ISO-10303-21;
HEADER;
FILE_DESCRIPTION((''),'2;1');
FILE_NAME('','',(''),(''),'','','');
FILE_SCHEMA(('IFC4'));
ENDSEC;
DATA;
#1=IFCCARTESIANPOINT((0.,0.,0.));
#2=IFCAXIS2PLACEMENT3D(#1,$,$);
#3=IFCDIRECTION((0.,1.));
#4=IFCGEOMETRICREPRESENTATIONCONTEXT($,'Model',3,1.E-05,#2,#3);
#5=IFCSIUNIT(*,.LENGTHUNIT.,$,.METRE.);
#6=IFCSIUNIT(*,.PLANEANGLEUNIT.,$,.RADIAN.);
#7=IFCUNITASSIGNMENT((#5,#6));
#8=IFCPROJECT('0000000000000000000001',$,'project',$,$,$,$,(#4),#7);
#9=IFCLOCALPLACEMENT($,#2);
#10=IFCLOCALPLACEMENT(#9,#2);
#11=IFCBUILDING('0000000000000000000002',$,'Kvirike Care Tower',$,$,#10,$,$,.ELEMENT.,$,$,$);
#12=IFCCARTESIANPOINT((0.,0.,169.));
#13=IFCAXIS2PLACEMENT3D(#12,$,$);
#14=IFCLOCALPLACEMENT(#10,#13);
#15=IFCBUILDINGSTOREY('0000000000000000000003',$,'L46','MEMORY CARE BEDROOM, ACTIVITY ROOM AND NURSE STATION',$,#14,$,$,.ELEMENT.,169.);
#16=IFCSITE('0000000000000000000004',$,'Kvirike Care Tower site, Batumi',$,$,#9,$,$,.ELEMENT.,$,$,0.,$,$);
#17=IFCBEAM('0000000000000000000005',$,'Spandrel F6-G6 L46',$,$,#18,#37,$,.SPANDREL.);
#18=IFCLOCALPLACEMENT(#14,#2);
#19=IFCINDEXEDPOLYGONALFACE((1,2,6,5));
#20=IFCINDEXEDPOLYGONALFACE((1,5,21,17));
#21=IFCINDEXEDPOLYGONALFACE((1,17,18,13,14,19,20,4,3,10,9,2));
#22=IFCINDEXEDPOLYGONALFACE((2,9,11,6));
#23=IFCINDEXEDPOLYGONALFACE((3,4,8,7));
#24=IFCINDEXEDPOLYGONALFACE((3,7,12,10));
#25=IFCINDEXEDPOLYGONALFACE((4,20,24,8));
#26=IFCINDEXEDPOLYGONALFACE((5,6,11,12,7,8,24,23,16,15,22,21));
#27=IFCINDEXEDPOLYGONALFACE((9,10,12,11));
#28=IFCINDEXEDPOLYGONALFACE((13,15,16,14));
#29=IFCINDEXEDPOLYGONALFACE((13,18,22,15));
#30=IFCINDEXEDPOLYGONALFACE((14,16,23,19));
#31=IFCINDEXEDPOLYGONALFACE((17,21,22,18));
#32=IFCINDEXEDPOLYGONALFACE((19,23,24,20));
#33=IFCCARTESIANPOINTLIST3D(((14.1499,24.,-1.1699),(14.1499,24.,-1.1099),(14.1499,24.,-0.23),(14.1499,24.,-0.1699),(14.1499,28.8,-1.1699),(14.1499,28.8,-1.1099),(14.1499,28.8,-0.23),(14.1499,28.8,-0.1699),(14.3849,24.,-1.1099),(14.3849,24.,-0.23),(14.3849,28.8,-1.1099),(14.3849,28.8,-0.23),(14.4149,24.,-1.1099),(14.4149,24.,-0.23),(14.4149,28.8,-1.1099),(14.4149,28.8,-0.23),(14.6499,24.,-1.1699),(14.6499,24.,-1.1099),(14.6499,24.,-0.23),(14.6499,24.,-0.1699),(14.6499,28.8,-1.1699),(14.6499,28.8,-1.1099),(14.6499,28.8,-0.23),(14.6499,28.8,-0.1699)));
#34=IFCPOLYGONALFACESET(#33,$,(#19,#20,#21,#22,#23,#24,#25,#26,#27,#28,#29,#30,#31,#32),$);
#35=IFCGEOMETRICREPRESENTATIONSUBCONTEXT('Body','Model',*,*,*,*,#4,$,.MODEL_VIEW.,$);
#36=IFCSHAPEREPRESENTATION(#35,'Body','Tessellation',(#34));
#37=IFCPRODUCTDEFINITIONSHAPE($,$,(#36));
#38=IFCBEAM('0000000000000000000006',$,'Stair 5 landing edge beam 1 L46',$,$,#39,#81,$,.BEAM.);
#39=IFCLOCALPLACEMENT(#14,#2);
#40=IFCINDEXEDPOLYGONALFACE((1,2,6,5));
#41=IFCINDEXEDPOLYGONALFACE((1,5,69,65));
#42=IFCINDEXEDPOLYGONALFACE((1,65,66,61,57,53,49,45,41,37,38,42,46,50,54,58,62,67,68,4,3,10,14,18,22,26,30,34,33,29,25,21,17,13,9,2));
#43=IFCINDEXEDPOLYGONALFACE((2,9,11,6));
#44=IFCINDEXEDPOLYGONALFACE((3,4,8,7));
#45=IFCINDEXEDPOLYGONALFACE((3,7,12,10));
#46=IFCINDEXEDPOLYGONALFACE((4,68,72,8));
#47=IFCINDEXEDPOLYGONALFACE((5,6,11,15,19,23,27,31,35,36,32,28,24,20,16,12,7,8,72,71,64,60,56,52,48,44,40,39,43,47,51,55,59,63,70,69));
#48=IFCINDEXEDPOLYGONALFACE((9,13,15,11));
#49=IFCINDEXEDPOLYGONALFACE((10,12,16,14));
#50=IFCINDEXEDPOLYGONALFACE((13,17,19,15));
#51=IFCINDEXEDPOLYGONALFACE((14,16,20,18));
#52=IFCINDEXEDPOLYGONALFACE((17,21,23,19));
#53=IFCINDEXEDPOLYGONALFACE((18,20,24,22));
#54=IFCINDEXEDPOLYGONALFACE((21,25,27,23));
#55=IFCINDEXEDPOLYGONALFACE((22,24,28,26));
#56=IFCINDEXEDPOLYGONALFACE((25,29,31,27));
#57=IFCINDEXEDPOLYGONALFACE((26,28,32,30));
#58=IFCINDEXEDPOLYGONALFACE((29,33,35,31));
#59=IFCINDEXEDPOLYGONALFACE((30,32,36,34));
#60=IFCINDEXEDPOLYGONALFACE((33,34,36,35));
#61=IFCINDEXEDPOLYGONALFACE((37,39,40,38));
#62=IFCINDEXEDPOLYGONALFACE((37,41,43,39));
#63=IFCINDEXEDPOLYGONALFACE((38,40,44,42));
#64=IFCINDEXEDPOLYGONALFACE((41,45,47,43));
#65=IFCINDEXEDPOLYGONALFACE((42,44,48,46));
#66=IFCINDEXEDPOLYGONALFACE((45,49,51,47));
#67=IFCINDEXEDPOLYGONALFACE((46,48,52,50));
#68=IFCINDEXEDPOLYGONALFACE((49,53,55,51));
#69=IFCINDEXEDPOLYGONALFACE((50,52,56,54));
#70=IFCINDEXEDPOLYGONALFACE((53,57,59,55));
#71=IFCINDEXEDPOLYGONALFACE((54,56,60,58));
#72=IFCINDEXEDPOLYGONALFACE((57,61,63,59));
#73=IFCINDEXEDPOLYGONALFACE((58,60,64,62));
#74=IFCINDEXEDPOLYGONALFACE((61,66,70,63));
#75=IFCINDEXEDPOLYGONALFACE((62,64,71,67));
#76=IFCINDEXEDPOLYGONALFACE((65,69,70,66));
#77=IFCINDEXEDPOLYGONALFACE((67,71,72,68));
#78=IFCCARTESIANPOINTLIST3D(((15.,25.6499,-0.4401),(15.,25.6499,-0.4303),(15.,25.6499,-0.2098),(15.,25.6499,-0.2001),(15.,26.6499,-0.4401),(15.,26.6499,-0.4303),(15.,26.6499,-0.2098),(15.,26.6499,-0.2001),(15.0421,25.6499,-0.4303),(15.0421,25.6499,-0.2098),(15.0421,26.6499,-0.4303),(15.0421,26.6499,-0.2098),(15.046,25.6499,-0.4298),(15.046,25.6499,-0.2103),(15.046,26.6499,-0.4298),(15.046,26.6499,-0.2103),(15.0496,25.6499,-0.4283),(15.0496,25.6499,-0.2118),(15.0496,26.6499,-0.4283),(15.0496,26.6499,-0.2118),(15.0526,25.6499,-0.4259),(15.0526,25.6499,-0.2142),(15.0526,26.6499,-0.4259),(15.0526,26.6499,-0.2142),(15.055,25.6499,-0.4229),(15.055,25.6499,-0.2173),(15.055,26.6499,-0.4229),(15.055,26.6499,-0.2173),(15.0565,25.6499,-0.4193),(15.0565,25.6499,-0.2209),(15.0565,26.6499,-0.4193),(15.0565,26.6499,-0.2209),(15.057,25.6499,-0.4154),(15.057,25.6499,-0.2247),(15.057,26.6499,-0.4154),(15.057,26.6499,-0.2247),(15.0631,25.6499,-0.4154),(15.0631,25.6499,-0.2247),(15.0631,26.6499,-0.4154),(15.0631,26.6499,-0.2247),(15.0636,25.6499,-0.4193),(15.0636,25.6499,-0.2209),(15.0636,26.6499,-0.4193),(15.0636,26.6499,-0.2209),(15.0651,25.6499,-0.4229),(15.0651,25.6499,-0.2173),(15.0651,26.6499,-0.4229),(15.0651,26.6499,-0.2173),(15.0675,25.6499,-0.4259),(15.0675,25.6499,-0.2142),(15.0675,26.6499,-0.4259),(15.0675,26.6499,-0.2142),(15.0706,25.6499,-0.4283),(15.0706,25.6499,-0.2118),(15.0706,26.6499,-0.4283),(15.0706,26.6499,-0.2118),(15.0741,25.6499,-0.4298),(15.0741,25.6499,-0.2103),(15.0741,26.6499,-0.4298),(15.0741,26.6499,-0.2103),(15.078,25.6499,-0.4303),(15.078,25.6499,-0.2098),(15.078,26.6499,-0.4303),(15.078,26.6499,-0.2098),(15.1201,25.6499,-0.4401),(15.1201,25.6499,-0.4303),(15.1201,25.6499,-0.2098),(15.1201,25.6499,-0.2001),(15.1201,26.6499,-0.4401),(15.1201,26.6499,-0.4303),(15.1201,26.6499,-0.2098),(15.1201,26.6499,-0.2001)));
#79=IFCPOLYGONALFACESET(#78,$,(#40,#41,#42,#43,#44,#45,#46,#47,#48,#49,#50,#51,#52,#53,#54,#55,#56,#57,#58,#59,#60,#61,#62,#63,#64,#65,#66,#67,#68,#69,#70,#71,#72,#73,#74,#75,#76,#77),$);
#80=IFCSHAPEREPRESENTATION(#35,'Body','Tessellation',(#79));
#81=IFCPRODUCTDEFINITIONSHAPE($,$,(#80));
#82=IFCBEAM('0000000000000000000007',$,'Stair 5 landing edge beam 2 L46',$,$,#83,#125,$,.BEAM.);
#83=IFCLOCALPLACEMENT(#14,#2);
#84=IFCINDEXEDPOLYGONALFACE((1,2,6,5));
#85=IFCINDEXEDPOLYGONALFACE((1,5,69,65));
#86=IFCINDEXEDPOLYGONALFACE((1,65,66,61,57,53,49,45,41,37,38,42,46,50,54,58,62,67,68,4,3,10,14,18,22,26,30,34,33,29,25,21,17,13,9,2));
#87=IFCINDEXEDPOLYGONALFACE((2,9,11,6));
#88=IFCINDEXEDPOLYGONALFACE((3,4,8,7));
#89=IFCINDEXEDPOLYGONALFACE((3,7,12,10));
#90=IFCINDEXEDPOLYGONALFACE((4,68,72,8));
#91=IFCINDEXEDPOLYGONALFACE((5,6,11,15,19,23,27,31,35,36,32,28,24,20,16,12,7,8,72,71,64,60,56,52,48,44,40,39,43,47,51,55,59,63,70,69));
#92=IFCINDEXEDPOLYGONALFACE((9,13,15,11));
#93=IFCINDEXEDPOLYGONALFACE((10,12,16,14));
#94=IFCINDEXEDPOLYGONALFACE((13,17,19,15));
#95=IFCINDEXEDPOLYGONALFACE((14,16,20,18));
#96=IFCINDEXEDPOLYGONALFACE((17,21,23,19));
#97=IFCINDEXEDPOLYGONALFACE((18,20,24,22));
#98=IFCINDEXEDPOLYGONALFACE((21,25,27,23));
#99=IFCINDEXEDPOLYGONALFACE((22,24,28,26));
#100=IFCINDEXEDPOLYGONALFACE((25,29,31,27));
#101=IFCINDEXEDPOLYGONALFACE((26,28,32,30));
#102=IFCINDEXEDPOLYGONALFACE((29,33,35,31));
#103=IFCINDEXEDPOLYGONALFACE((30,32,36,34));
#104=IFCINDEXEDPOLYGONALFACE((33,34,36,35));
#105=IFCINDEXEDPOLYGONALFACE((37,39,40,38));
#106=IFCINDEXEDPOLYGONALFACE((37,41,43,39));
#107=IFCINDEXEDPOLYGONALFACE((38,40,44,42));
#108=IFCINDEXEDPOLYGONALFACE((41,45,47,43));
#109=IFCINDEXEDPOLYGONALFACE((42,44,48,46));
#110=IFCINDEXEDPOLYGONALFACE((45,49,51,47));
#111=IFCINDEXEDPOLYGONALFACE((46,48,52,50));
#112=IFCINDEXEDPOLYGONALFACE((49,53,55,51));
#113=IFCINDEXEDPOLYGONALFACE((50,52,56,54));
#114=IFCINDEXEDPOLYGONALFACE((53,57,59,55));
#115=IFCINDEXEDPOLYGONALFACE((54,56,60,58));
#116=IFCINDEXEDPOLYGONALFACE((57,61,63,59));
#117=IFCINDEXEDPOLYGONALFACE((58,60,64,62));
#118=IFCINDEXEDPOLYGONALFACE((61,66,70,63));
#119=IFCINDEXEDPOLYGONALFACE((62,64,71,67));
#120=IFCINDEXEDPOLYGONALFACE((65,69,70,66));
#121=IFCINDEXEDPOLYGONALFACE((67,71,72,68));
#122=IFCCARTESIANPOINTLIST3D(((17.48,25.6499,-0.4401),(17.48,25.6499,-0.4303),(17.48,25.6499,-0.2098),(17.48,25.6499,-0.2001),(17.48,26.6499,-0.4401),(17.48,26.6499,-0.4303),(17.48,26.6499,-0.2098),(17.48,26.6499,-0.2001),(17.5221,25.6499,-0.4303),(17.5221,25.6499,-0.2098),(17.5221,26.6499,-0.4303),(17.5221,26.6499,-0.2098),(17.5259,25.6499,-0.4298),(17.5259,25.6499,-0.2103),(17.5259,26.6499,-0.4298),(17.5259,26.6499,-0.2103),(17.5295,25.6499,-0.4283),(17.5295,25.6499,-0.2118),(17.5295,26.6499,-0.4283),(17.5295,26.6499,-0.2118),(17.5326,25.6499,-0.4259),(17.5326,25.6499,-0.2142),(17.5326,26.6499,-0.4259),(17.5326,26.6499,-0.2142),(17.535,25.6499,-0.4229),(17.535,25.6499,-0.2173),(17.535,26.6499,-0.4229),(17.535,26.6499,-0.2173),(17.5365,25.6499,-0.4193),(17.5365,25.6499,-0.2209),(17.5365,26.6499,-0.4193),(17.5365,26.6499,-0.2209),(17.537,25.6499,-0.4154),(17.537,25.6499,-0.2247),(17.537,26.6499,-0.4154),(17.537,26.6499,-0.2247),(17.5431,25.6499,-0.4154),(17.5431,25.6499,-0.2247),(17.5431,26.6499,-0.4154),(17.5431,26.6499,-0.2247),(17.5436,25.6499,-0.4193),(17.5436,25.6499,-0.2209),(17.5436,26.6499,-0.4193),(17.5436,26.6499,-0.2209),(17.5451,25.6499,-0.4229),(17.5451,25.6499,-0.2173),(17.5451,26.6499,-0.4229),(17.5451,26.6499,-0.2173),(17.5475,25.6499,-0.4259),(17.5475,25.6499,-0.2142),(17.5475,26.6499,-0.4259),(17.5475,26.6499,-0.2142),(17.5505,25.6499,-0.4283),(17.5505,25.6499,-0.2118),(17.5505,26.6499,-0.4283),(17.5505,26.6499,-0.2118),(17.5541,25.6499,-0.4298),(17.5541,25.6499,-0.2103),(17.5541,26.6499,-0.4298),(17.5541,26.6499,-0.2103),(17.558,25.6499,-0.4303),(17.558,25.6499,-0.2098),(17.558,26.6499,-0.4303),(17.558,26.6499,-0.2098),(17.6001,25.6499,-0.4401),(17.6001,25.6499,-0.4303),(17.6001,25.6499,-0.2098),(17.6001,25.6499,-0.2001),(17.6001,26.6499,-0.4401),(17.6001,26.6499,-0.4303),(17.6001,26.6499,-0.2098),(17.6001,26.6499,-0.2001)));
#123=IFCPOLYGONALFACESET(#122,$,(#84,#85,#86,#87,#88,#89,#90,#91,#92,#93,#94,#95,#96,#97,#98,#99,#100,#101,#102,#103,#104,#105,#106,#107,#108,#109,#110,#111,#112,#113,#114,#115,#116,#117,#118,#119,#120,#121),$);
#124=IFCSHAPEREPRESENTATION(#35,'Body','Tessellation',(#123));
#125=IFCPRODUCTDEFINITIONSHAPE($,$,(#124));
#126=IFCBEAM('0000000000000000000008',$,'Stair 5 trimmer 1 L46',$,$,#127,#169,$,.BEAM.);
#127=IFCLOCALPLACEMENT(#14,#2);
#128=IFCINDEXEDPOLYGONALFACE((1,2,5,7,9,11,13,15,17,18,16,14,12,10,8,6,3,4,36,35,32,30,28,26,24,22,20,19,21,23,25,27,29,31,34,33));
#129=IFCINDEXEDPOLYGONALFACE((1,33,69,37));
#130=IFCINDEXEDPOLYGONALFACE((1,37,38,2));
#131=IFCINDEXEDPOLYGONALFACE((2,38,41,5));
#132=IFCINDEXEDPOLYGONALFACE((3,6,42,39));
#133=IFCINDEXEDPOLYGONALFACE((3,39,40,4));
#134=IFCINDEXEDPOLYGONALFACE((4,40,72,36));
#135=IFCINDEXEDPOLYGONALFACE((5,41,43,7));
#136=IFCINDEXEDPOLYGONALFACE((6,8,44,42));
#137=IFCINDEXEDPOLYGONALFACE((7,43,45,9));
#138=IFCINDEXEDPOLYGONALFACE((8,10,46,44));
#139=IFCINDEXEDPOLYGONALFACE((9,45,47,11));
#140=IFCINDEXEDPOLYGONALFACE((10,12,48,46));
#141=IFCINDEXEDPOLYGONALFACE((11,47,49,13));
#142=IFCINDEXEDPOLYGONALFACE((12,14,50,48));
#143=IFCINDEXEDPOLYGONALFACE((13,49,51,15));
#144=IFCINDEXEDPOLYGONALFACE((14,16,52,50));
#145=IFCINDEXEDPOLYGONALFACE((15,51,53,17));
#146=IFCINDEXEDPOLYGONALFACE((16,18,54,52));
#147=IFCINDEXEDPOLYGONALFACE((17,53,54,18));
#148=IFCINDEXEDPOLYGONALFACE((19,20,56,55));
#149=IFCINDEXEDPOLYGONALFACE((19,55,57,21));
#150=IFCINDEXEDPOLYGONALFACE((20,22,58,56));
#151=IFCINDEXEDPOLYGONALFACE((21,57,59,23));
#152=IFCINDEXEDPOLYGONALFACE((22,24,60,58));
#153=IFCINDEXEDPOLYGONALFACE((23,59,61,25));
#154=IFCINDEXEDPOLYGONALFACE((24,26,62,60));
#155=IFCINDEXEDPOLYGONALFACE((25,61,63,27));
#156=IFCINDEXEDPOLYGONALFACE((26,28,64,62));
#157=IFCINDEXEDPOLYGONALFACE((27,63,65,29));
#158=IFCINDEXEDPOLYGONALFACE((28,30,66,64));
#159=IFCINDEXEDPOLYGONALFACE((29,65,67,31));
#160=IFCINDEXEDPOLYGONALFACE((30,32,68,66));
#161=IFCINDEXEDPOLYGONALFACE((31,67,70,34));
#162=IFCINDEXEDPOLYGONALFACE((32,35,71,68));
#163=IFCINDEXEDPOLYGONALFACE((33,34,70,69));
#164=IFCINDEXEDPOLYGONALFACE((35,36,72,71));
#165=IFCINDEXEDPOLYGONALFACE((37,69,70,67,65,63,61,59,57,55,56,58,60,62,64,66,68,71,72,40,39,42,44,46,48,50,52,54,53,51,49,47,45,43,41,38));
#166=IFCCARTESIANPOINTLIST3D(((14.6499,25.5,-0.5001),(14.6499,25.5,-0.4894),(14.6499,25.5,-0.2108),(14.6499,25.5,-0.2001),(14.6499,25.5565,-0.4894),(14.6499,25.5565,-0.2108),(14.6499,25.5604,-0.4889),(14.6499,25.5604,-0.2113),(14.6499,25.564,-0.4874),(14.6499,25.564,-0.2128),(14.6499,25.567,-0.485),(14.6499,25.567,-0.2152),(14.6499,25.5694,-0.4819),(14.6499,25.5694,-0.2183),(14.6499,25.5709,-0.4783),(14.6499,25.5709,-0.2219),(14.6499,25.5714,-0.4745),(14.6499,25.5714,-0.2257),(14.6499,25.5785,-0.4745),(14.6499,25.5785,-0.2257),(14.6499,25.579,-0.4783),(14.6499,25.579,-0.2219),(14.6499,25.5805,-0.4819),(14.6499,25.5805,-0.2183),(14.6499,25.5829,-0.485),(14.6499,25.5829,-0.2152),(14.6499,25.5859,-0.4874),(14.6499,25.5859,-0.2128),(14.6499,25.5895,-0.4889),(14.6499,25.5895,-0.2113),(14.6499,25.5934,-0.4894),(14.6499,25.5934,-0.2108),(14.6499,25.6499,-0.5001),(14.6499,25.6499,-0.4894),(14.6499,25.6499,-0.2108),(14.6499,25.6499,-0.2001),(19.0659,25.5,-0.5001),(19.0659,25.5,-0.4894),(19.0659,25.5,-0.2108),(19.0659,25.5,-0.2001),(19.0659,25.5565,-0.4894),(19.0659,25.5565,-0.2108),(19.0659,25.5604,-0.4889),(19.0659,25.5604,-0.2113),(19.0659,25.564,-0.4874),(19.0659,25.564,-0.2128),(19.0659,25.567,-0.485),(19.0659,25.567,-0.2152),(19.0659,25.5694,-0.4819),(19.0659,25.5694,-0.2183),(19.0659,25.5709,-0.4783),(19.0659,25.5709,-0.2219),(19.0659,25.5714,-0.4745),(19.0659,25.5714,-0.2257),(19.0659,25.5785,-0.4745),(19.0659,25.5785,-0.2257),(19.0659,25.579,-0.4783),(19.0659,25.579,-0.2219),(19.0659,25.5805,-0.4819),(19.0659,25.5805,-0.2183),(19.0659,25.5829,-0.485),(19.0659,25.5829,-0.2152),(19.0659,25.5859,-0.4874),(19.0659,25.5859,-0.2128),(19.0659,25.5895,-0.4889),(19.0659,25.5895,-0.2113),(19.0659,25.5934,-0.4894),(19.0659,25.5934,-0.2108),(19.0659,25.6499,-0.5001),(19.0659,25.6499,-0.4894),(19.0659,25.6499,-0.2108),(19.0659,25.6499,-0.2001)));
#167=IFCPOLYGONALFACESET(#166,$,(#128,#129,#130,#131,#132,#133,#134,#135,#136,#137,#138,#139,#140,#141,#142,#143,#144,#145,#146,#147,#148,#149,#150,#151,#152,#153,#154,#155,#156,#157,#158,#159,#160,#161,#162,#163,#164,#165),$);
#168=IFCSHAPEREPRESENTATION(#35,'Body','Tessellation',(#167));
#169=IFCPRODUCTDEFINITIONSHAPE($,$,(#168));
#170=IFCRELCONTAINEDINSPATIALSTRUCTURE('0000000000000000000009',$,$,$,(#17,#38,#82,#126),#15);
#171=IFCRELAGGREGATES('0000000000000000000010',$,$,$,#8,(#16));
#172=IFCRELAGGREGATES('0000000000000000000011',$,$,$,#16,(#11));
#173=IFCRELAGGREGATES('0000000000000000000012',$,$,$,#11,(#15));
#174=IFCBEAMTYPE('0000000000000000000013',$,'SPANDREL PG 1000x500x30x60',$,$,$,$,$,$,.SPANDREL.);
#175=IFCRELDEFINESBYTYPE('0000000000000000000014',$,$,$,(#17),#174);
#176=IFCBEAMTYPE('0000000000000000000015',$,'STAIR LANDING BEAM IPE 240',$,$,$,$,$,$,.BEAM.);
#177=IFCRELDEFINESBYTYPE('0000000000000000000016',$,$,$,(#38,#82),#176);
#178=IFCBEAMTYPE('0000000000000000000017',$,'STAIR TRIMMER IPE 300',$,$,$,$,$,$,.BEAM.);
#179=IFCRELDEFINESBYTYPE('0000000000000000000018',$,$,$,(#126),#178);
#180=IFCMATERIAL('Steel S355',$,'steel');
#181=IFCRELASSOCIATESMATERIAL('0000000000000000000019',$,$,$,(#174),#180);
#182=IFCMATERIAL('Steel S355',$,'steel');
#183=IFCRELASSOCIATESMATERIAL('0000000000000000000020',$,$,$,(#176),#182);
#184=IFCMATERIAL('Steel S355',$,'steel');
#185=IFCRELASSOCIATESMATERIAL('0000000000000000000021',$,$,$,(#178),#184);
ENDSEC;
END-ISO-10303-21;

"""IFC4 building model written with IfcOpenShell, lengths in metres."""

from ifc_helpers import new_model, si_unit, direction, frame, origin, origin_2d, place, context, subcontext, project, spatial, i_section, extrude, material, material_profile, profile_set, type_object, element, save


model = new_model("IFC4")

# Units and contexts
model_context = context("Model", 3, precision=1e-05, world=origin(), true_north=direction((0.0, 1.0)))
body_context = subcontext(model_context, "Body", "Model", "MODEL_VIEW")
ifc_project = project(units=[si_unit("LENGTHUNIT", "METRE"), si_unit("PLANEANGLEUNIT", "RADIAN")], contexts=[model_context])

# Site, building, storey
site_placement = place(None, origin())
site = spatial("IfcSite", under=ifc_project, at=site_placement, Name="Kvirike Care Tower site, Batumi", CompositionType="ELEMENT", RefElevation=0.0)
building_placement = place(site_placement, origin())
building = spatial("IfcBuilding", under=site, at=building_placement, Name="Kvirike Care Tower", CompositionType="ELEMENT")
storey_placement = place(building_placement, frame((0.0, 0.0, 169.0)))
storey = spatial("IfcBuildingStorey", under=building, at=storey_placement, Name="L46", Description="MEMORY CARE BEDROOM, ACTIVITY ROOM AND NURSE STATION", CompositionType="ELEMENT", Elevation=169.0)

# Beams
ifc_material_1 = material(Name="Steel S355", Category="steel")
ifc_material_profile_1 = material_profile(ifc_material_1, i_section(OverallWidth=0.5, OverallDepth=1.0, WebThickness=0.03, FlangeThickness=0.0601, at=origin_2d()), Name="PG 1000x500x30x60")
ifc_profile_set_1 = profile_set([ifc_material_profile_1], Name="Steel S355")
beam_type_1 = type_object("IfcBeamType", Name="SPANDREL PG 1000x500x30x60", PredefinedType="SPANDREL", material=ifc_profile_set_1)
beam_1_placement = place(storey_placement, frame((14.3999, 24.0, -0.6699), z_axis=(0.0, 1.0, 0.0), x_axis=(-1.0, 0.0, 0.0)))
element("IfcBeam", 1, at=beam_1_placement, inside=storey, type_object=beam_type_1, Name="Spandrel F6-G6 L46", PredefinedType="SPANDREL", context=body_context, shape_type="SweptSolid", body=[
    extrude(i_section(OverallWidth=0.5, OverallDepth=1.0, WebThickness=0.03, FlangeThickness=0.0601, at=origin_2d()), origin(), (0.0, 0.0, 1.0), 4.8),
])
ifc_material_2 = material(Name="Steel S355", Category="steel")
ifc_material_profile_2 = material_profile(ifc_material_2, i_section(OverallWidth=0.1201, OverallDepth=0.24, WebThickness=0.0061, FlangeThickness=0.0098, FilletRadius=0.0149, at=origin_2d()), Name="IPE 240")
ifc_profile_set_2 = profile_set([ifc_material_profile_2], Name="Steel S355")
beam_type_2 = type_object("IfcBeamType", Name="STAIR LANDING BEAM IPE 240", PredefinedType="BEAM", material=ifc_profile_set_2)
for number, where, z_axis, x_axis, name in (
    (2, (15.0601, 25.6499, -0.3201), (0.0, 1.0, 0.0), (-1.0, 0.0, 0.0), "Stair 5 landing edge beam 1 L46"),
    (3, (17.54, 25.6499, -0.3201), (0.0, 1.0, 0.0), (-1.0, 0.0, 0.0), "Stair 5 landing edge beam 2 L46"),
):
    element("IfcBeam", number, at=place(storey_placement, frame(where, z_axis=z_axis, x_axis=x_axis)), inside=storey, type_object=beam_type_2, Name=name, PredefinedType="BEAM", context=body_context, shape_type="SweptSolid", body=[
        extrude(i_section(OverallWidth=0.1201, OverallDepth=0.24, WebThickness=0.0061, FlangeThickness=0.0098, FilletRadius=0.0149, at=origin_2d()), origin(), (0.0, 0.0, 1.0), 1.0),
    ])
ifc_material_3 = material(Name="Steel S355", Category="steel")
ifc_material_profile_3 = material_profile(ifc_material_3, i_section(OverallWidth=0.1499, OverallDepth=0.3, WebThickness=0.0071, FlangeThickness=0.0107, FilletRadius=0.0149, at=origin_2d()), Name="IPE 300")
ifc_profile_set_3 = profile_set([ifc_material_profile_3], Name="Steel S355")
beam_type_3 = type_object("IfcBeamType", Name="STAIR TRIMMER IPE 300", PredefinedType="BEAM", material=ifc_profile_set_3)
for number, where, z_axis, x_axis, name in (
    (4, (14.6499, 25.575, -0.3501), (1.0, 0.0, 0.0), (0.0, 1.0, 0.0), "Stair 5 trimmer 1 L46"),
):
    element("IfcBeam", number, at=place(storey_placement, frame(where, z_axis=z_axis, x_axis=x_axis)), inside=storey, type_object=beam_type_3, Name=name, PredefinedType="BEAM", context=body_context, shape_type="SweptSolid", body=[
        extrude(i_section(OverallWidth=0.1499, OverallDepth=0.3, WebThickness=0.0071, FlangeThickness=0.0107, FilletRadius=0.0149, at=origin_2d()), origin(), (0.0, 0.0, 1.0), 4.416),
    ])

save(model, "model.ifc")
